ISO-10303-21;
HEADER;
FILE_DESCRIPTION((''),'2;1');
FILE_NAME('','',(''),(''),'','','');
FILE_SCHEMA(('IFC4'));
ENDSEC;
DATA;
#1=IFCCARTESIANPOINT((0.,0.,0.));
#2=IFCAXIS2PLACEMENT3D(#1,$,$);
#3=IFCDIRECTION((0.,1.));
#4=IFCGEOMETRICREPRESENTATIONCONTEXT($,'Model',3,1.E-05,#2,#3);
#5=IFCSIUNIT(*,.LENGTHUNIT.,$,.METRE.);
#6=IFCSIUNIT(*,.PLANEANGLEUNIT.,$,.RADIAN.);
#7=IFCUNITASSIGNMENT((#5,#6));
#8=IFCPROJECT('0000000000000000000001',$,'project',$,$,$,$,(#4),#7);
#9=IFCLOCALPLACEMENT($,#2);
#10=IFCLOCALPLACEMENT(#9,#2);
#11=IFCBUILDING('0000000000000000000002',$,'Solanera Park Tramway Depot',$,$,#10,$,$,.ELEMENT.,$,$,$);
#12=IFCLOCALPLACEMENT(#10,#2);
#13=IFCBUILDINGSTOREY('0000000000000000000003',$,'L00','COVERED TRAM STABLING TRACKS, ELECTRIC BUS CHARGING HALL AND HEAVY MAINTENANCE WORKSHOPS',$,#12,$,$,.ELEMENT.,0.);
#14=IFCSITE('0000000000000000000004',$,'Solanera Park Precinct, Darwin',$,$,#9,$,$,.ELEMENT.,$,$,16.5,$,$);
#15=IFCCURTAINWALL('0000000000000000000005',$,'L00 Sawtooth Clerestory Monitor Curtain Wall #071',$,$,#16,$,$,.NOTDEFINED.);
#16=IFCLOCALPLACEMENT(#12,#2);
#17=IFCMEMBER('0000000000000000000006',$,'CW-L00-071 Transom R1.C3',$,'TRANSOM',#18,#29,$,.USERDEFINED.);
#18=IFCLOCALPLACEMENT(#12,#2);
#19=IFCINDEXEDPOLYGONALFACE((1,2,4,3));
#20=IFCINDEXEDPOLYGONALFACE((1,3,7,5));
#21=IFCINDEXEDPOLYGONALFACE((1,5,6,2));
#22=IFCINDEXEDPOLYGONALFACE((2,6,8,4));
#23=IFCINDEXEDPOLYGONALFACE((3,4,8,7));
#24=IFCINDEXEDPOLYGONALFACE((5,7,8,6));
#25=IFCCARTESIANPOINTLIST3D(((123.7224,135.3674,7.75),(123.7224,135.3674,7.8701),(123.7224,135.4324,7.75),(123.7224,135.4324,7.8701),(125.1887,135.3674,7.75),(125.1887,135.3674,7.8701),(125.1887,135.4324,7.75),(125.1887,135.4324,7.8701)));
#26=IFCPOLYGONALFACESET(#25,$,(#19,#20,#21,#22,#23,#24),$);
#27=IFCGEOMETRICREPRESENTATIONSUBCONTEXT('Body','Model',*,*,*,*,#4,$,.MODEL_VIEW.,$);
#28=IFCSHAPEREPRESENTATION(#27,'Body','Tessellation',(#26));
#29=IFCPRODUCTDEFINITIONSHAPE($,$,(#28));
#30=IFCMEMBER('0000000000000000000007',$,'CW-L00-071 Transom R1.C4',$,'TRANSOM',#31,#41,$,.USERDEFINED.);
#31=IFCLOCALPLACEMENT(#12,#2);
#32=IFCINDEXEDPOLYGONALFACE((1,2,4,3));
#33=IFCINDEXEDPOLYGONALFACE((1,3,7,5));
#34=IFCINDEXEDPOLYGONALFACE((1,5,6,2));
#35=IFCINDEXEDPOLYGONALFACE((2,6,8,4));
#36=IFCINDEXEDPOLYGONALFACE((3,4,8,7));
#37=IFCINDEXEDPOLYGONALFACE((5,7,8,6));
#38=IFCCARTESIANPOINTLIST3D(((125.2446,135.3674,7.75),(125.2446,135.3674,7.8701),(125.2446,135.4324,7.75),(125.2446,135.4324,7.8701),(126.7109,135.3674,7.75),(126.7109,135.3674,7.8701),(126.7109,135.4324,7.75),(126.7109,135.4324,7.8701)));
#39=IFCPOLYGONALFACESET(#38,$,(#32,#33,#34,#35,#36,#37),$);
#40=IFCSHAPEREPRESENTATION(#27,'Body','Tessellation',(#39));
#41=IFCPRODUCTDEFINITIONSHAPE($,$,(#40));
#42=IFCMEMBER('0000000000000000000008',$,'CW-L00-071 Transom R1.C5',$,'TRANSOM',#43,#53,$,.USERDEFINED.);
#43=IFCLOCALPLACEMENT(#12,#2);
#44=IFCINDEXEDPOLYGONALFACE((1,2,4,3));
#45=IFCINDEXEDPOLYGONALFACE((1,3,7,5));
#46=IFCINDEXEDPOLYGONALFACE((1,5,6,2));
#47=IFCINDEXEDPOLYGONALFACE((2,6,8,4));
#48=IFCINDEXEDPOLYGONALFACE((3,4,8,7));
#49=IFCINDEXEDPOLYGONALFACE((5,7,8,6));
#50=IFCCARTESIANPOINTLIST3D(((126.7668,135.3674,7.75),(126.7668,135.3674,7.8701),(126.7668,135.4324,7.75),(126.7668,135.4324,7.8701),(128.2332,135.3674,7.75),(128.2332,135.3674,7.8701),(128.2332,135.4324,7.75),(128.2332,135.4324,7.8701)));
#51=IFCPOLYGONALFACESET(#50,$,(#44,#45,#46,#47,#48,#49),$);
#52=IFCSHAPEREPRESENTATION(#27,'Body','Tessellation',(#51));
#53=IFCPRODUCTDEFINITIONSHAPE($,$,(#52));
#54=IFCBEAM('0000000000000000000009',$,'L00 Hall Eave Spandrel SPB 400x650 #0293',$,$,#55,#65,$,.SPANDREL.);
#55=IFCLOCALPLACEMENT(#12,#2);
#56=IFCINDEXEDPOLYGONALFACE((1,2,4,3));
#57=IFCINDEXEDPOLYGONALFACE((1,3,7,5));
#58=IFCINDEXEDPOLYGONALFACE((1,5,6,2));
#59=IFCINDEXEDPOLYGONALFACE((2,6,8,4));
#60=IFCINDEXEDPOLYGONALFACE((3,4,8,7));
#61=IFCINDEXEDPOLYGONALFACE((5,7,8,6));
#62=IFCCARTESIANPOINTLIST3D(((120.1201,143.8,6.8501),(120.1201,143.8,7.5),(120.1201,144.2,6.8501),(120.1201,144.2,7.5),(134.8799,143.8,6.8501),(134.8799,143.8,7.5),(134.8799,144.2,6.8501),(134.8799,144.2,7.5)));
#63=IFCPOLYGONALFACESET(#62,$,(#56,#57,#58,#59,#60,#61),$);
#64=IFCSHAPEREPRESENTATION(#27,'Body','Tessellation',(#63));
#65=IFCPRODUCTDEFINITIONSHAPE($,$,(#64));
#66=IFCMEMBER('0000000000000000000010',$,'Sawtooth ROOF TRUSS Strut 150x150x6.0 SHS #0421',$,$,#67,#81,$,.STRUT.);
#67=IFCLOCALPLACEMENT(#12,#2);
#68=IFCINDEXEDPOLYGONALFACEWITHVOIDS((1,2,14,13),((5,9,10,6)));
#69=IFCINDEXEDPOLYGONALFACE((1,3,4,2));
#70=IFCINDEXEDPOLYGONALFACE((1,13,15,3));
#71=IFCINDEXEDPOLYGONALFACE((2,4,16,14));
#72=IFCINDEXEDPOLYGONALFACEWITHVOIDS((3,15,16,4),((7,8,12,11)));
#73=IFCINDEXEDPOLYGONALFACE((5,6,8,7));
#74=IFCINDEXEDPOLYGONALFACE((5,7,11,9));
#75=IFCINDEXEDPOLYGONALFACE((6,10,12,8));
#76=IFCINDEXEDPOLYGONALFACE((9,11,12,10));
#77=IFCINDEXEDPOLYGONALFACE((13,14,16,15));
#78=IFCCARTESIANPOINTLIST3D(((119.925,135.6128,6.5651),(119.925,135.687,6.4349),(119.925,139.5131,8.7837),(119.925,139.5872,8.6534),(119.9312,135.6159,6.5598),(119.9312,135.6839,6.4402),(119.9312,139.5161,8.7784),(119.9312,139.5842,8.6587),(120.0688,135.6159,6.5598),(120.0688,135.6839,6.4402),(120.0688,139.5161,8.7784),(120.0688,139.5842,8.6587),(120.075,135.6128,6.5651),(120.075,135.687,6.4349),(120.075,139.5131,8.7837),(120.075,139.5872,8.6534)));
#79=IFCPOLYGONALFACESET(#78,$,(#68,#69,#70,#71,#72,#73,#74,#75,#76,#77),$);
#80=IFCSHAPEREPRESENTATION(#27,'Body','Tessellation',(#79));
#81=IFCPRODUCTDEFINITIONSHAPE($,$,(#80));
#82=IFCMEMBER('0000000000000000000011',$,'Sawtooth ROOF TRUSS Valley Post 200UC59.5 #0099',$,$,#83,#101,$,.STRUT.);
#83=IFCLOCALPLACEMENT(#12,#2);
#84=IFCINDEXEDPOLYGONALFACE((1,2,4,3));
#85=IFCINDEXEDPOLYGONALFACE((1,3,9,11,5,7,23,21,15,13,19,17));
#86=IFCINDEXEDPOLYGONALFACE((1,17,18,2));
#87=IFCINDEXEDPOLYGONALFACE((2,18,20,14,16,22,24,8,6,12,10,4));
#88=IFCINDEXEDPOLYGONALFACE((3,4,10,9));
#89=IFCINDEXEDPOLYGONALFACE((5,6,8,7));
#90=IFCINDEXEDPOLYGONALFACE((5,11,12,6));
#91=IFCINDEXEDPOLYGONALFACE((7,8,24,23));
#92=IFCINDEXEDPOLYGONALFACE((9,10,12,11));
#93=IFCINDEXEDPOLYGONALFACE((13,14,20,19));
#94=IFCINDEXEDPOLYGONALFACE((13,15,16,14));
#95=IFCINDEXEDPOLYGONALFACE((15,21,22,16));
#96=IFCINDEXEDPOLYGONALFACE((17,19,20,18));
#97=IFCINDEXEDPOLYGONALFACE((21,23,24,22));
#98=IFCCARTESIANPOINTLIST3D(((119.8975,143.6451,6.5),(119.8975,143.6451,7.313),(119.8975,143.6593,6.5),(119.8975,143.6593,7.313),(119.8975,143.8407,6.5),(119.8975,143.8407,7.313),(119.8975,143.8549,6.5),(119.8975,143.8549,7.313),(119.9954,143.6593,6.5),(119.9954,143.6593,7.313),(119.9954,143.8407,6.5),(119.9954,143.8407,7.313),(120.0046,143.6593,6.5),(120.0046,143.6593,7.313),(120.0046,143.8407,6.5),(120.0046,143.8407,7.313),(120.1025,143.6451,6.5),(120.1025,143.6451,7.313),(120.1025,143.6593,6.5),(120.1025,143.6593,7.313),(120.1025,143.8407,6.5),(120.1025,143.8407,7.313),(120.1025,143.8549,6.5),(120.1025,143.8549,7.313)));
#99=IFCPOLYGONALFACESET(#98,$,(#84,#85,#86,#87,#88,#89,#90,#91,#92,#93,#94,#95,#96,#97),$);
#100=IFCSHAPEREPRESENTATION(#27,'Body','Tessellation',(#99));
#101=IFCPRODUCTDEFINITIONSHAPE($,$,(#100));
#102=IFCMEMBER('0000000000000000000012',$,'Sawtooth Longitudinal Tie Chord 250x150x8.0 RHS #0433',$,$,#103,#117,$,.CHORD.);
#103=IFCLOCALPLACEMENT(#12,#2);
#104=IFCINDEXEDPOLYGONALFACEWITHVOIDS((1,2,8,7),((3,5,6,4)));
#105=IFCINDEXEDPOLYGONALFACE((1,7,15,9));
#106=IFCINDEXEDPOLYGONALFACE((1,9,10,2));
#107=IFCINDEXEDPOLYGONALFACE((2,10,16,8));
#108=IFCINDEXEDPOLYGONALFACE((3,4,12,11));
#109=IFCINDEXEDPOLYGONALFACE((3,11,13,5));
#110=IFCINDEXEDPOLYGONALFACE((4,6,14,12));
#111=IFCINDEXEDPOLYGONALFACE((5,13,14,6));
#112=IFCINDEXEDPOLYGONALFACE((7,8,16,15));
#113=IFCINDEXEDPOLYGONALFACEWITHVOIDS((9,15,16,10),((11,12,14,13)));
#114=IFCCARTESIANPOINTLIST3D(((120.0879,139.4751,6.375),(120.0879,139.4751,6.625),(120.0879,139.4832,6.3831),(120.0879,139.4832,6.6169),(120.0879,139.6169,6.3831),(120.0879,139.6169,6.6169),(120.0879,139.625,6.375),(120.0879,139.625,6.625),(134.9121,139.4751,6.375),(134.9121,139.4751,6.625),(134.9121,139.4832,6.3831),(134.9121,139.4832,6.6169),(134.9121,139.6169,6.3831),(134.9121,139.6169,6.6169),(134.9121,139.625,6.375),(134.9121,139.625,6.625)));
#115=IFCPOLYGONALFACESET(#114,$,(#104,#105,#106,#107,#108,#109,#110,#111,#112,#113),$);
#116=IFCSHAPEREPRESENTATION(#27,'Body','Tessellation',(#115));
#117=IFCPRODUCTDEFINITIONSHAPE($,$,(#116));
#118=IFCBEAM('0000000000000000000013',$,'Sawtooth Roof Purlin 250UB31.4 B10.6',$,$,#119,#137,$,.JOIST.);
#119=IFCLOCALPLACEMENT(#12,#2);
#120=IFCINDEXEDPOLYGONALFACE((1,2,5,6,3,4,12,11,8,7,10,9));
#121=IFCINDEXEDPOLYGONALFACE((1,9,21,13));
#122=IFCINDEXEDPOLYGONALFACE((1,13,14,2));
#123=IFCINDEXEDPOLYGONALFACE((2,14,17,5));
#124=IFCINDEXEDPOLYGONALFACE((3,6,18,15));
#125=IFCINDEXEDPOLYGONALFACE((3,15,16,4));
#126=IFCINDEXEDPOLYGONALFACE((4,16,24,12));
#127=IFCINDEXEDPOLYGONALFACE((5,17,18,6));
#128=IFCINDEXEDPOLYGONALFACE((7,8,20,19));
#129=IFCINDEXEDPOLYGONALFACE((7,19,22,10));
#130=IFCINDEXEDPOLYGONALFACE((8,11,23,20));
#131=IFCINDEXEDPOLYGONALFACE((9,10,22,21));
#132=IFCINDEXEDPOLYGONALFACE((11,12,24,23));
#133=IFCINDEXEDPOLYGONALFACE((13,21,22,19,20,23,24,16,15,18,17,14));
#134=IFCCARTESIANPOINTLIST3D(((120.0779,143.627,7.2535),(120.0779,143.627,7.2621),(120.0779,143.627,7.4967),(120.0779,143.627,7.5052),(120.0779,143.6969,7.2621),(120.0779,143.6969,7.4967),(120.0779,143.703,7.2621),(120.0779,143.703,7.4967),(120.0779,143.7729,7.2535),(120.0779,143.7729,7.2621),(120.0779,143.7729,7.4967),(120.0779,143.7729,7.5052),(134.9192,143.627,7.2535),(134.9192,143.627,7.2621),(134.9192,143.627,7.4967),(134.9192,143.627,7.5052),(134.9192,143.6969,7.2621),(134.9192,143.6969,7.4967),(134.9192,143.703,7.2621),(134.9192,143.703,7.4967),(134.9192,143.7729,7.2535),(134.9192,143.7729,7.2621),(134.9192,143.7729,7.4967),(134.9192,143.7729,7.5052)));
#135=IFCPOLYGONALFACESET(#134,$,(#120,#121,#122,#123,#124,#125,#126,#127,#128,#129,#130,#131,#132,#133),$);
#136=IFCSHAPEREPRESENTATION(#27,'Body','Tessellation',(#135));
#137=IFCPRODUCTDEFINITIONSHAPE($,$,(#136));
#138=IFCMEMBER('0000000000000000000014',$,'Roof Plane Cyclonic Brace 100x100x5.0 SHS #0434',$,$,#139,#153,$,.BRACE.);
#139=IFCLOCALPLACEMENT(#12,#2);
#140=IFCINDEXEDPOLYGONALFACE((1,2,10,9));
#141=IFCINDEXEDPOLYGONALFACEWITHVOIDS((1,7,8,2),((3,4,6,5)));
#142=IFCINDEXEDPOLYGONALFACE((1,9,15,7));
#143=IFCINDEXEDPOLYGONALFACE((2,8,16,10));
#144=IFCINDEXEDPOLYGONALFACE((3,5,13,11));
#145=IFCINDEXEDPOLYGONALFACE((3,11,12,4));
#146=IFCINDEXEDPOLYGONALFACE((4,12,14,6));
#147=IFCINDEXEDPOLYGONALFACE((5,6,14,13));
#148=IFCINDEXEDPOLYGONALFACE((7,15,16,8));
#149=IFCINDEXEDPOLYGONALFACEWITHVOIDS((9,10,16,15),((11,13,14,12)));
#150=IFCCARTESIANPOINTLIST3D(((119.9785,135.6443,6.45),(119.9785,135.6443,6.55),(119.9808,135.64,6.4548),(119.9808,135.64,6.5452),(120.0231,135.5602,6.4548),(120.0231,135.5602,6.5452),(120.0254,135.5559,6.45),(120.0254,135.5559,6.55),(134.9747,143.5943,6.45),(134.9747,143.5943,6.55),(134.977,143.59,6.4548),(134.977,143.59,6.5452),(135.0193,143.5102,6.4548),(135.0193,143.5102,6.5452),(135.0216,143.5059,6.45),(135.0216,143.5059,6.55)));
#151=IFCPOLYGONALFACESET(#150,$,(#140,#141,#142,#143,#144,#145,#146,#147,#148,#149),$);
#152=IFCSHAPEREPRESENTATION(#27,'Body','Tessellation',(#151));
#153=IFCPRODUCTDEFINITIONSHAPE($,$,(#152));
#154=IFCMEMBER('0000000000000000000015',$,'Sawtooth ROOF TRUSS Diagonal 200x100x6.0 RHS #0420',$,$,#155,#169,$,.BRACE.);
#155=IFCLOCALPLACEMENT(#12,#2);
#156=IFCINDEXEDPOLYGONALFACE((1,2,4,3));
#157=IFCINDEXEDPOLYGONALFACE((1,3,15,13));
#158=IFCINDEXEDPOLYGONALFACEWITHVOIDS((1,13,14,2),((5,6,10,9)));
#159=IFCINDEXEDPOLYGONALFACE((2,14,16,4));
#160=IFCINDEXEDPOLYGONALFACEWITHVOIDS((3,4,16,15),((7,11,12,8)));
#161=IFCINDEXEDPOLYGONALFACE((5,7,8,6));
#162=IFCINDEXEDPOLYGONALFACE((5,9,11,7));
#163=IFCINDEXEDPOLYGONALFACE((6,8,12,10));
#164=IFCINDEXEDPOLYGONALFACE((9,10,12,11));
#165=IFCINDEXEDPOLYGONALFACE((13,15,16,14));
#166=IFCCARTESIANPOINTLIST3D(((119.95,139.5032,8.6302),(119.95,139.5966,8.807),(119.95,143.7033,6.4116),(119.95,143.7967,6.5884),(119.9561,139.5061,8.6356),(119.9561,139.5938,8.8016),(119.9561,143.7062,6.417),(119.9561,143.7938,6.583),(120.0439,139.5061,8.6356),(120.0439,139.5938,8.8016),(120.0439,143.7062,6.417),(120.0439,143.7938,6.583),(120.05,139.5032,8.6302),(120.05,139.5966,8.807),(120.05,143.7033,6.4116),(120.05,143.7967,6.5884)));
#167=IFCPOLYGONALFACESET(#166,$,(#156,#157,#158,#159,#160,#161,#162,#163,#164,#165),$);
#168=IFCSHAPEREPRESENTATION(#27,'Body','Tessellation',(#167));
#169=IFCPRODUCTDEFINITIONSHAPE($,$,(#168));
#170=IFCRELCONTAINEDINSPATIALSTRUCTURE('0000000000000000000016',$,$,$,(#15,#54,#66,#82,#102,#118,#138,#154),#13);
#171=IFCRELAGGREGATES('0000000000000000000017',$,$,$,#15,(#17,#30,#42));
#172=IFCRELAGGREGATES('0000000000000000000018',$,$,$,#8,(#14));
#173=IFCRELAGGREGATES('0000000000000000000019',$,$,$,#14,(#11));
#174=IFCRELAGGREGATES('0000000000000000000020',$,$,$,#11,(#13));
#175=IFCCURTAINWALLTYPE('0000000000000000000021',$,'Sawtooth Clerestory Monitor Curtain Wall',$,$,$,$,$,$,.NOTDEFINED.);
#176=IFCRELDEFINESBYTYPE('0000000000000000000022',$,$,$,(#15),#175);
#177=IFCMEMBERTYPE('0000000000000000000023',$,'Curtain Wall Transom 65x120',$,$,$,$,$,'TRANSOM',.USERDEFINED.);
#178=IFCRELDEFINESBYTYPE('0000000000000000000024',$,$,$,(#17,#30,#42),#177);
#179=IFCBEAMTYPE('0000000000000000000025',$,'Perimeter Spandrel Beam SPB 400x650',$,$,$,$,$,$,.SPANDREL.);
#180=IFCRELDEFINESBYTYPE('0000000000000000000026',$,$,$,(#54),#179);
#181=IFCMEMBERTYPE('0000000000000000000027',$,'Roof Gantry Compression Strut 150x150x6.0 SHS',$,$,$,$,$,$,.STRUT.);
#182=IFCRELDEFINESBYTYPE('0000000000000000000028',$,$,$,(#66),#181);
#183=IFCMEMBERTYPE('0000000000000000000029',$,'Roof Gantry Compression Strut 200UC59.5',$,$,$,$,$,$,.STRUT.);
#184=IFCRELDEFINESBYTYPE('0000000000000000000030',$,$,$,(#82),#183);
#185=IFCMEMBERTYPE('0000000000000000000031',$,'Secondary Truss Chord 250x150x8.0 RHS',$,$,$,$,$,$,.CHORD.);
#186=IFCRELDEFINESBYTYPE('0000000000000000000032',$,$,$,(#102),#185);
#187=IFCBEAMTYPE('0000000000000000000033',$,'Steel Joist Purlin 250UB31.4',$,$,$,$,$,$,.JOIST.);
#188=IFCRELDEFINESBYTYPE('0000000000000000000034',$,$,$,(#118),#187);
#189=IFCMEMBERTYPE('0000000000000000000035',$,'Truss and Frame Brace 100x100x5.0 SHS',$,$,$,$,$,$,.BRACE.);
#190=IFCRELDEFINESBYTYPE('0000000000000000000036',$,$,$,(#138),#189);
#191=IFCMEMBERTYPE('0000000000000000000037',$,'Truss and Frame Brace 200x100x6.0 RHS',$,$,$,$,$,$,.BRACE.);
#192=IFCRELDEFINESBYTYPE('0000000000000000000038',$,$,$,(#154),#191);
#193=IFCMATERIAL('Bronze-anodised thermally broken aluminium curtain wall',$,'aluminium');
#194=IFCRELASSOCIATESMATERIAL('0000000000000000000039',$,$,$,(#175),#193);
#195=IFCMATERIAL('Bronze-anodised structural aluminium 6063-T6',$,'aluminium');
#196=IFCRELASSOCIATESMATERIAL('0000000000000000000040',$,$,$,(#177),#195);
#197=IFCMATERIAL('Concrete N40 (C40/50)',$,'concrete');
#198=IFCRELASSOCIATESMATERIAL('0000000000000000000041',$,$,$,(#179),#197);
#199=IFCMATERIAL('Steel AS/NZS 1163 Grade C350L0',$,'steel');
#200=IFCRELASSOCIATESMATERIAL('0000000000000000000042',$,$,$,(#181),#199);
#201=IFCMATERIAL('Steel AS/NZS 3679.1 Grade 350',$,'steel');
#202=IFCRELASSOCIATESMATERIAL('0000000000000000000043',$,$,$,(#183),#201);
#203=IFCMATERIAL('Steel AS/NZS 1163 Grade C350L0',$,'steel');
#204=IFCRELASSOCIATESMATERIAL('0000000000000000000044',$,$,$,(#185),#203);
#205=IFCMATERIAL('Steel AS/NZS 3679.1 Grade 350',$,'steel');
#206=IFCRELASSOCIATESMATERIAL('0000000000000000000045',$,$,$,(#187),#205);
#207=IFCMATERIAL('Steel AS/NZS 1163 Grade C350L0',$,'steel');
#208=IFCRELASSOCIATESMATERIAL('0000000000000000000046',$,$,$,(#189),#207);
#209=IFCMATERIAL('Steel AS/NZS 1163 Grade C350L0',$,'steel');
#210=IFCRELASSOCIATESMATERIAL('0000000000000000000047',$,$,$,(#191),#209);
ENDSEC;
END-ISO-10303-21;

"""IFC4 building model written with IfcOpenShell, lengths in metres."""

from ifc_helpers import new_model, si_unit, direction, frame, origin, origin_2d, place, context, subcontext, project, spatial, rectangle, hollow_rectangle, i_section, extrude, material, material_profile, profile_set, type_object, element, aggregate, save


model = new_model("IFC4")

# Units and contexts
model_context = context("Model", 3, precision=1e-05, world=origin(), true_north=direction((0.0, 1.0)))
body_context = subcontext(model_context, "Body", "Model", "MODEL_VIEW")
ifc_project = project(units=[si_unit("LENGTHUNIT", "METRE"), si_unit("PLANEANGLEUNIT", "RADIAN")], contexts=[model_context])

# Site, building, storey
site_placement = place(None, origin())
site = spatial("IfcSite", under=ifc_project, at=site_placement, Name="Solanera Park Precinct, Darwin", CompositionType="ELEMENT", RefElevation=16.5)
building_placement = place(site_placement, origin())
building = spatial("IfcBuilding", under=site, at=building_placement, Name="Solanera Park Tramway Depot", CompositionType="ELEMENT")
storey_placement = place(building_placement, origin())
storey = spatial("IfcBuildingStorey", under=building, at=storey_placement, Name="L00", Description="COVERED TRAM STABLING TRACKS, ELECTRIC BUS CHARGING HALL AND HEAVY MAINTENANCE WORKSHOPS", CompositionType="ELEMENT", Elevation=0.0)

# Shared definitions
ifc_material_1 = material(Name="Bronze-anodised thermally broken aluminium curtain wall", Category="aluminium")
curtain_wall_type = type_object("IfcCurtainWallType", Name="Sawtooth Clerestory Monitor Curtain Wall", PredefinedType="NOTDEFINED", material=ifc_material_1)

# Curtain wall, members
curtain_wall_1_placement = place(storey_placement, origin())
curtain_wall_1 = element("IfcCurtainWall", 1, at=curtain_wall_1_placement, inside=storey, type_object=curtain_wall_type, Name="L00 Sawtooth Clerestory Monitor Curtain Wall #071", PredefinedType="NOTDEFINED")
ifc_material_2 = material(Name="Bronze-anodised structural aluminium 6063-T6", Category="aluminium")
ifc_material_profile_1 = material_profile(ifc_material_2, rectangle(XDim=0.0649, YDim=0.1201, at=origin_2d()), Name="Curtain Wall Transom 65x120")
ifc_profile_set_1 = profile_set([ifc_material_profile_1], Name="Bronze-anodised structural aluminium 6063-T6")
member_type_1 = type_object("IfcMemberType", Name="Curtain Wall Transom 65x120", ElementType="TRANSOM", PredefinedType="USERDEFINED", material=ifc_profile_set_1)
member_1_placement = place(storey_placement, frame((123.7224, 135.3999, 7.8101), z_axis=(1.0, 0.0, 0.0), x_axis=(0.0, 1.0, 0.0)))
member_1 = element("IfcMember", 2, at=member_1_placement, type_object=member_type_1, Name="CW-L00-071 Transom R1.C3", ObjectType="TRANSOM", PredefinedType="USERDEFINED", context=body_context, shape_type="SweptSolid", body=[
    extrude(rectangle(XDim=0.0649, YDim=0.1201, at=origin_2d()), origin(), (0.0, 0.0, 1.0), 1.4663),
])
member_2_placement = place(storey_placement, frame((125.2446, 135.3999, 7.8101), z_axis=(1.0, 0.0, 0.0), x_axis=(0.0, 1.0, 0.0)))
member_2 = element("IfcMember", 3, at=member_2_placement, type_object=member_type_1, Name="CW-L00-071 Transom R1.C4", ObjectType="TRANSOM", PredefinedType="USERDEFINED", context=body_context, shape_type="SweptSolid", body=[
    extrude(rectangle(XDim=0.0649, YDim=0.1201, at=origin_2d()), origin(), (0.0, 0.0, 1.0), 1.4663),
])
member_3_placement = place(storey_placement, frame((126.7668, 135.3999, 7.8101), z_axis=(1.0, 0.0, 0.0), x_axis=(0.0, 1.0, 0.0)))
member_3 = element("IfcMember", 4, at=member_3_placement, type_object=member_type_1, Name="CW-L00-071 Transom R1.C5", ObjectType="TRANSOM", PredefinedType="USERDEFINED", context=body_context, shape_type="SweptSolid", body=[
    extrude(rectangle(XDim=0.0649, YDim=0.1201, at=origin_2d()), origin(), (0.0, 0.0, 1.0), 1.4663),
])

# Beam
ifc_material_3 = material(Name="Concrete N40 (C40/50)", Category="concrete")
ifc_material_profile_2 = material_profile(ifc_material_3, rectangle(XDim=0.3999, YDim=0.6499, at=origin_2d()), Name="SPB 400x650")
ifc_profile_set_2 = profile_set([ifc_material_profile_2], Name="Concrete N40 (C40/50)")
beam_type_1 = type_object("IfcBeamType", Name="Perimeter Spandrel Beam SPB 400x650", PredefinedType="SPANDREL", material=ifc_profile_set_2)
beam_1_placement = place(storey_placement, frame((120.1201, 144.0, 7.175), z_axis=(1.0, 0.0, 0.0), x_axis=(0.0, 1.0, 0.0)))
element("IfcBeam", 5, at=beam_1_placement, inside=storey, type_object=beam_type_1, Name="L00 Hall Eave Spandrel SPB 400x650 #0293", PredefinedType="SPANDREL", context=body_context, shape_type="SweptSolid", body=[
    extrude(rectangle(XDim=0.3999, YDim=0.6499, at=origin_2d()), origin(), (0.0, 0.0, 1.0), 14.7598),
])

# Members
ifc_material_4 = material(Name="Steel AS/NZS 1163 Grade C350L0", Category="steel")
ifc_material_profile_3 = material_profile(ifc_material_4, hollow_rectangle(XDim=0.1499, YDim=0.1499, WallThickness=0.0061, at=origin_2d()), Name="150x150x6.0 SHS")
ifc_profile_set_3 = profile_set([ifc_material_profile_3], Name="Steel AS/NZS 1163 Grade C350L0")
member_type_2 = type_object("IfcMemberType", Name="Roof Gantry Compression Strut 150x150x6.0 SHS", PredefinedType="STRUT", material=ifc_profile_set_3)
member_4_placement = place(storey_placement, frame((120.0, 135.6499, 6.5), z_axis=(0.0, 0.869216, 0.494433), x_axis=(-1.0, 0.0, 0.0)))
element("IfcMember", 6, at=member_4_placement, inside=storey, type_object=member_type_2, Name="Sawtooth ROOF TRUSS Strut 150x150x6.0 SHS #0421", PredefinedType="STRUT", context=body_context, shape_type="SweptSolid", body=[
    extrude(hollow_rectangle(XDim=0.1499, YDim=0.1499, WallThickness=0.0061, at=origin_2d()), origin(), (0.0, 0.0, 1.0), 4.4871),
])
ifc_material_5 = material(Name="Steel AS/NZS 3679.1 Grade 350", Category="steel")
ifc_material_profile_4 = material_profile(ifc_material_5, i_section(OverallWidth=0.2051, OverallDepth=0.2097, WebThickness=0.0093, FlangeThickness=0.0142, at=origin_2d()), Name="200UC59.5")
ifc_profile_set_4 = profile_set([ifc_material_profile_4], Name="Steel AS/NZS 3679.1 Grade 350")
member_type_3 = type_object("IfcMemberType", Name="Roof Gantry Compression Strut 200UC59.5", PredefinedType="STRUT", material=ifc_profile_set_4)
member_5_placement = place(storey_placement, frame((120.0, 143.75, 6.5), z_axis=(0.0, 0.0, 1.0), x_axis=(1.0, 0.0, 0.0)))
element("IfcMember", 7, at=member_5_placement, inside=storey, type_object=member_type_3, Name="Sawtooth ROOF TRUSS Valley Post 200UC59.5 #0099", PredefinedType="STRUT", context=body_context, shape_type="SweptSolid", body=[
    extrude(i_section(OverallWidth=0.2051, OverallDepth=0.2097, WebThickness=0.0093, FlangeThickness=0.0142, at=origin_2d()), origin(), (0.0, 0.0, 1.0), 0.813),
])
ifc_material_6 = material(Name="Steel AS/NZS 1163 Grade C350L0", Category="steel")
ifc_material_profile_5 = material_profile(ifc_material_6, hollow_rectangle(XDim=0.1499, YDim=0.25, WallThickness=0.0081, at=origin_2d()), Name="250x150x8.0 RHS")
ifc_profile_set_5 = profile_set([ifc_material_profile_5], Name="Steel AS/NZS 1163 Grade C350L0")
member_type_4 = type_object("IfcMemberType", Name="Secondary Truss Chord 250x150x8.0 RHS", PredefinedType="CHORD", material=ifc_profile_set_5)
member_6_placement = place(storey_placement, frame((120.0879, 139.55, 6.5), z_axis=(1.0, 0.0, 0.0), x_axis=(0.0, 1.0, 0.0)))
element("IfcMember", 8, at=member_6_placement, inside=storey, type_object=member_type_4, Name="Sawtooth Longitudinal Tie Chord 250x150x8.0 RHS #0433", PredefinedType="CHORD", context=body_context, shape_type="SweptSolid", body=[
    extrude(hollow_rectangle(XDim=0.1499, YDim=0.25, WallThickness=0.0081, at=origin_2d()), origin(), (0.0, 0.0, 1.0), 14.8242),
])

# Beam
ifc_material_7 = material(Name="Steel AS/NZS 3679.1 Grade 350", Category="steel")
ifc_material_profile_6 = material_profile(ifc_material_7, i_section(OverallWidth=0.146, OverallDepth=0.2517, WebThickness=0.0061, FlangeThickness=0.0085, at=origin_2d()), Name="250UB31.4")
ifc_profile_set_6 = profile_set([ifc_material_profile_6], Name="Steel AS/NZS 3679.1 Grade 350")
beam_type_2 = type_object("IfcBeamType", Name="Steel Joist Purlin 250UB31.4", PredefinedType="JOIST", material=ifc_profile_set_6)
beam_2_placement = place(storey_placement, frame((120.0779, 143.7, 7.3794), z_axis=(1.0, 0.0, 0.0), x_axis=(0.0, 1.0, 0.0)))
element("IfcBeam", 9, at=beam_2_placement, inside=storey, type_object=beam_type_2, Name="Sawtooth Roof Purlin 250UB31.4 B10.6", PredefinedType="JOIST", context=body_context, shape_type="SweptSolid", body=[
    extrude(i_section(OverallWidth=0.146, OverallDepth=0.2517, WebThickness=0.0061, FlangeThickness=0.0085, at=origin_2d()), origin(), (0.0, 0.0, 1.0), 14.8413),
])

# Members
ifc_material_8 = material(Name="Steel AS/NZS 1163 Grade C350L0", Category="steel")
ifc_material_profile_7 = material_profile(ifc_material_8, hollow_rectangle(XDim=0.1001, YDim=0.1001, WallThickness=0.0049, at=origin_2d()), Name="100x100x5.0 SHS")
ifc_profile_set_7 = profile_set([ifc_material_profile_7], Name="Steel AS/NZS 1163 Grade C350L0")
member_type_5 = type_object("IfcMemberType", Name="Truss and Frame Brace 100x100x5.0 SHS", PredefinedType="BRACE", material=ifc_profile_set_7)
member_7_placement = place(storey_placement, frame((120.002, 135.6001, 6.5), z_axis=(0.883524, 0.468387, 0.0), x_axis=(-0.468387, 0.883524, 0.0)))
element("IfcMember", 10, at=member_7_placement, inside=storey, type_object=member_type_5, Name="Roof Plane Cyclonic Brace 100x100x5.0 SHS #0434", PredefinedType="BRACE", context=body_context, shape_type="SweptSolid", body=[
    extrude(hollow_rectangle(XDim=0.1001, YDim=0.1001, WallThickness=0.0049, at=origin_2d()), origin(), (0.0, 0.0, 1.0), 16.9731),
])
ifc_material_9 = material(Name="Steel AS/NZS 1163 Grade C350L0", Category="steel")
ifc_material_profile_8 = material_profile(ifc_material_9, hollow_rectangle(XDim=0.1001, YDim=0.2, WallThickness=0.0061, at=origin_2d()), Name="200x100x6.0 RHS")
ifc_profile_set_8 = profile_set([ifc_material_profile_8], Name="Steel AS/NZS 1163 Grade C350L0")
member_type_6 = type_object("IfcMemberType", Name="Truss and Frame Brace 200x100x6.0 RHS", PredefinedType="BRACE", material=ifc_profile_set_8)
member_8_placement = place(storey_placement, frame((120.0, 143.75, 6.5), z_axis=(0.0, -0.884223, 0.467066), x_axis=(1.0, 0.0, 0.0)))
element("IfcMember", 11, at=member_8_placement, inside=storey, type_object=member_type_6, Name="Sawtooth ROOF TRUSS Diagonal 200x100x6.0 RHS #0420", PredefinedType="BRACE", context=body_context, shape_type="SweptSolid", body=[
    extrude(hollow_rectangle(XDim=0.1001, YDim=0.2, WallThickness=0.0061, at=origin_2d()), origin(), (0.0, 0.0, 1.0), 4.75),
])

aggregate(curtain_wall_1, [member_1, member_2, member_3])

save(model, "model.ifc")
